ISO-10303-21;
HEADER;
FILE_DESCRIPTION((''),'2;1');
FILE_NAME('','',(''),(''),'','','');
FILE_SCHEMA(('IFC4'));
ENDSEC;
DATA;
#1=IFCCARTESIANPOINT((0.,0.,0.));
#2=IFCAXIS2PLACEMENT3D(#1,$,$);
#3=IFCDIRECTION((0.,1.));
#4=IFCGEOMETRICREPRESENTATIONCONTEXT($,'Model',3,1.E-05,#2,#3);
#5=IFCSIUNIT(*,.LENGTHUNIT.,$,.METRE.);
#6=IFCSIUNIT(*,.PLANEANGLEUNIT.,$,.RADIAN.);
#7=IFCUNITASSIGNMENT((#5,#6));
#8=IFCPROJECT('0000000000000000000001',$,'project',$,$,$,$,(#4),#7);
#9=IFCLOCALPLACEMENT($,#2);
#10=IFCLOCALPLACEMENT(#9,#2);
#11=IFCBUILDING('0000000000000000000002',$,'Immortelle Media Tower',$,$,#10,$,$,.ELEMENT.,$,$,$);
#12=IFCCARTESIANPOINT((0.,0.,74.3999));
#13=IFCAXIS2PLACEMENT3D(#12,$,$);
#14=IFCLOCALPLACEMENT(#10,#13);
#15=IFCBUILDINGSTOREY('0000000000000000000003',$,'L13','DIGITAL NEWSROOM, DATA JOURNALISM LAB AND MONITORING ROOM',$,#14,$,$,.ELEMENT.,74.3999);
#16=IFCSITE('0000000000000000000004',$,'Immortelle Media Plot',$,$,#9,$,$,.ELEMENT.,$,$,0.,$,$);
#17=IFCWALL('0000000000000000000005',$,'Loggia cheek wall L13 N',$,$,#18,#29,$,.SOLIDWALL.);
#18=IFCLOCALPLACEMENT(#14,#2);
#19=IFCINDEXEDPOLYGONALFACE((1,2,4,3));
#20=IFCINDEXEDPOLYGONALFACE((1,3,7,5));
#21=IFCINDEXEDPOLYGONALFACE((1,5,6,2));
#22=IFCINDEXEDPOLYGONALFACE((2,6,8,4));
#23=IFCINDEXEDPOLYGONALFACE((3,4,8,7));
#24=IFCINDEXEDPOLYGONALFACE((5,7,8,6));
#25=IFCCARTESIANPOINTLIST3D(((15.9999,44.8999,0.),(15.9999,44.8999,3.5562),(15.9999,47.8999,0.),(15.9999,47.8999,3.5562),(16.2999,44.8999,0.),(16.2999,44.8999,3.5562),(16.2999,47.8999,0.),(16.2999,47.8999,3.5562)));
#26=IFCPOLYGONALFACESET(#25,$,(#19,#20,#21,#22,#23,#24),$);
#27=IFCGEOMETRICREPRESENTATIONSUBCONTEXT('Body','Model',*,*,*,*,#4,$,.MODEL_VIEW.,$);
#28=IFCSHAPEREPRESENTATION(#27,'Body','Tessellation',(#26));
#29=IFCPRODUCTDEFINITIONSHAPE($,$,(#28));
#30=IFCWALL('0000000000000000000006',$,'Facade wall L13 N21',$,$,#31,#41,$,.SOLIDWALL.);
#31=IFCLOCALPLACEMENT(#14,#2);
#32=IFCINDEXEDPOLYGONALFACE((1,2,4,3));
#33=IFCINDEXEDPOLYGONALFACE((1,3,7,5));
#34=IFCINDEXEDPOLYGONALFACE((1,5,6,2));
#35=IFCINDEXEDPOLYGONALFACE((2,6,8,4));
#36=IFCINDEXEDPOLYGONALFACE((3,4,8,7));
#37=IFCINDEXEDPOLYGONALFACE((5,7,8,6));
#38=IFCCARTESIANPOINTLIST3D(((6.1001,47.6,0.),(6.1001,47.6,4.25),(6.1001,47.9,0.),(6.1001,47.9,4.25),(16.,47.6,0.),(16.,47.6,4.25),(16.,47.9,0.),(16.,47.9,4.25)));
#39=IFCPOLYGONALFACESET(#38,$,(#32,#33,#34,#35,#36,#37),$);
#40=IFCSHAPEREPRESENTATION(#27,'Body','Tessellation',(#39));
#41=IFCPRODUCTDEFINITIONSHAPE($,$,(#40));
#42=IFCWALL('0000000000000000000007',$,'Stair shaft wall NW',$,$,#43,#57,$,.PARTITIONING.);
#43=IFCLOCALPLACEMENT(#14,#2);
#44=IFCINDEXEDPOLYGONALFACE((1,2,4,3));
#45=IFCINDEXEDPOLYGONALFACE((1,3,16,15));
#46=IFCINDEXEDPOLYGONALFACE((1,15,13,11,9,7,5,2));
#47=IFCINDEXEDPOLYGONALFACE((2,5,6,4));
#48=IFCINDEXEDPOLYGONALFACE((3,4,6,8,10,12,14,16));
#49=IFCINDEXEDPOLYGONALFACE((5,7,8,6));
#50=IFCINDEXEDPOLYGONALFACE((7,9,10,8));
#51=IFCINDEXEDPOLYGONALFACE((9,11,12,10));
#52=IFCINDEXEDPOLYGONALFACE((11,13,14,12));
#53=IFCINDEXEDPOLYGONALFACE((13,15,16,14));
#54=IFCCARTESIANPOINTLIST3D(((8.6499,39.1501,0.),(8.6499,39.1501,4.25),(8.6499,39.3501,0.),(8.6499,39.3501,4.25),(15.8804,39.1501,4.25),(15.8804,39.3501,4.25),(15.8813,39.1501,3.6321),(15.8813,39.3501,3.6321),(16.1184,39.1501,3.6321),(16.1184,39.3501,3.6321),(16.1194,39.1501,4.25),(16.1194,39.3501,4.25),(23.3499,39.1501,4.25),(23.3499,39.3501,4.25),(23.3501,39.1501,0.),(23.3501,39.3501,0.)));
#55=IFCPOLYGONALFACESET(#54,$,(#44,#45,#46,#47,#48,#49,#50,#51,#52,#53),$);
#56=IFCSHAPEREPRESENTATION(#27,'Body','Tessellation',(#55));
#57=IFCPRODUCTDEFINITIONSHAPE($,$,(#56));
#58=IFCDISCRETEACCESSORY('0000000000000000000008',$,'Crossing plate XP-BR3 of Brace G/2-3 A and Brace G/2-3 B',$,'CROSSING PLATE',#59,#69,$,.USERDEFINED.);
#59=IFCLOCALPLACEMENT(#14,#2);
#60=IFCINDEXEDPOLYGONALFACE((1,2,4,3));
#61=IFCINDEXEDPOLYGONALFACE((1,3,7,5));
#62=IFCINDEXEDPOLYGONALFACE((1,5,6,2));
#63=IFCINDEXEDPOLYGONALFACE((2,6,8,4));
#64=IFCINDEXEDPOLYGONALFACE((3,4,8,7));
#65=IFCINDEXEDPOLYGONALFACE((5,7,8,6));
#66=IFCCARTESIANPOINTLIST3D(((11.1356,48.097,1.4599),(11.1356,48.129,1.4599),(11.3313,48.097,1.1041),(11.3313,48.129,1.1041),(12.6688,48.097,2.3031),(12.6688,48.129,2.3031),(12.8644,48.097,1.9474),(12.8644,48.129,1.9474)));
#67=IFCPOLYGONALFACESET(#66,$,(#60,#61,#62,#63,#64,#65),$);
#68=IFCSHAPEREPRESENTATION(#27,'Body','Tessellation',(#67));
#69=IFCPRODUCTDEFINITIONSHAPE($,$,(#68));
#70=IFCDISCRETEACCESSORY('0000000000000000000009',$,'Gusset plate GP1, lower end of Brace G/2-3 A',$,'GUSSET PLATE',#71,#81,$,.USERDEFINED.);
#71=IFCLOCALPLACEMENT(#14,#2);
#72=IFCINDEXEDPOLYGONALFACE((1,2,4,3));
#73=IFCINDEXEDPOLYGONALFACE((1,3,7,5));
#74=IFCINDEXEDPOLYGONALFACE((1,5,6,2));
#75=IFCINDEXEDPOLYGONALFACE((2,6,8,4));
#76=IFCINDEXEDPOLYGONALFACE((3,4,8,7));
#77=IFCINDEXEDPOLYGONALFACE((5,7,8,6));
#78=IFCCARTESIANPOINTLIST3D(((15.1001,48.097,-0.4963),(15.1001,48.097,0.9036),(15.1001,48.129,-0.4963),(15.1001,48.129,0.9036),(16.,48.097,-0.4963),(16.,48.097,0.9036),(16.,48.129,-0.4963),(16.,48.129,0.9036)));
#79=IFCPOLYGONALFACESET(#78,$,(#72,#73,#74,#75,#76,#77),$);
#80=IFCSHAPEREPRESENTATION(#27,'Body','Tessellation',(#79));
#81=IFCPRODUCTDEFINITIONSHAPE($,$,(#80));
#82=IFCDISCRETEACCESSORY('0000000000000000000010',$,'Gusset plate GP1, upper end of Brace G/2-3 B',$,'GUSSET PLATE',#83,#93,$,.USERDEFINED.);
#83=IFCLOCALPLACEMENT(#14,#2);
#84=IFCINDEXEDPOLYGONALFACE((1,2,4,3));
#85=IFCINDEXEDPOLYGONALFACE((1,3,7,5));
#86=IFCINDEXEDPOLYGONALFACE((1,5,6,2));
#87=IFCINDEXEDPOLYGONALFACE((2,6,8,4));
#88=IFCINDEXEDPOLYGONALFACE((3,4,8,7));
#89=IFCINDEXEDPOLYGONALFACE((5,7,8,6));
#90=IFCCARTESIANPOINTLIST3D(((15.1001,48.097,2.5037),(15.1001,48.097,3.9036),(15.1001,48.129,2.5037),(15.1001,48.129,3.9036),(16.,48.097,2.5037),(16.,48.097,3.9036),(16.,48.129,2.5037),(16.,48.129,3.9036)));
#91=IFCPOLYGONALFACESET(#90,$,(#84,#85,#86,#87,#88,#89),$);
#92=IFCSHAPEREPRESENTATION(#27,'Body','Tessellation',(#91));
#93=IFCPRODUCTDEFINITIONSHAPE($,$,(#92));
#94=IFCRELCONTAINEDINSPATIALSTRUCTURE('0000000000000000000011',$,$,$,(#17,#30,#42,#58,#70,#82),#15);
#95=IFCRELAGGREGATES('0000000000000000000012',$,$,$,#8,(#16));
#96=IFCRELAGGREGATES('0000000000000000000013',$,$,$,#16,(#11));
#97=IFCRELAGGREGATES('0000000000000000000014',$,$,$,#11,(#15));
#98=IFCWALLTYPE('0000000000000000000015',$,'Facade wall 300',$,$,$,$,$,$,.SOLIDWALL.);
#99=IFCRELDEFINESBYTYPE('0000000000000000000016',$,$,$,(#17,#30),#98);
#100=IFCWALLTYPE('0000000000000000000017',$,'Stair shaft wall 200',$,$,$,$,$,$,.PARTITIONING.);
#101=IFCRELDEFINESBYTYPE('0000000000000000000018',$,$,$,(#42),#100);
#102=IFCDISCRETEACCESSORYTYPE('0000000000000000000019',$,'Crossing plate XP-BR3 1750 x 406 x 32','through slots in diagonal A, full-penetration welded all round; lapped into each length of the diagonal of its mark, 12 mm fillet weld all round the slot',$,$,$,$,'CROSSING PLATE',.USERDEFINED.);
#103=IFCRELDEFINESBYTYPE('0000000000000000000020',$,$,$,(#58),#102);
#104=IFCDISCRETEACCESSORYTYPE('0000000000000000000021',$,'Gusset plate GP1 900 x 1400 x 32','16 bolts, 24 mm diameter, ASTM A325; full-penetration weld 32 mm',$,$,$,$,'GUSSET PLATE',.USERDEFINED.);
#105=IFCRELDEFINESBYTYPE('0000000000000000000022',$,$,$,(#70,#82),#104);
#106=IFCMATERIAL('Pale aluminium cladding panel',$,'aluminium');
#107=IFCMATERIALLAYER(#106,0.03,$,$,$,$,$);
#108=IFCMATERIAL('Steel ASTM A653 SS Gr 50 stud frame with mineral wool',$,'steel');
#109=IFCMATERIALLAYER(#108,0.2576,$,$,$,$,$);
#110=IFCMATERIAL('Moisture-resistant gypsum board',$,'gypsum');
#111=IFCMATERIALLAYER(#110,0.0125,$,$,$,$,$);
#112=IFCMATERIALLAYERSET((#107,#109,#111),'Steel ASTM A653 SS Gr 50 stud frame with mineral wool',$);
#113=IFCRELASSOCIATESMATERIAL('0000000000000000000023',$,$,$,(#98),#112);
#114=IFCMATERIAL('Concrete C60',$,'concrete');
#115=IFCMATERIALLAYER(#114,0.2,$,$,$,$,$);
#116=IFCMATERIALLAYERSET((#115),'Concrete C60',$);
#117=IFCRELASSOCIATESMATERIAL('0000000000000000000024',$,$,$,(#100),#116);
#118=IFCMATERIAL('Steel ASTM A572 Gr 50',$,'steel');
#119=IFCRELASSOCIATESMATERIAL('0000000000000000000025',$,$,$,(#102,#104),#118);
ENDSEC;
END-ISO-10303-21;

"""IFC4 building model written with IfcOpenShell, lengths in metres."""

from ifc_helpers import new_model, si_unit, direction, frame, frame_2d, origin, origin_2d, place, context, subcontext, project, spatial, polyline, rectangle, outline, extrude, material, layer, layer_set, material_profile, profile_set, type_object, element, save


model = new_model("IFC4")

# Units and contexts
model_context = context("Model", 3, precision=1e-05, world=origin(), true_north=direction((0.0, 1.0)))
body_context = subcontext(model_context, "Body", "Model", "MODEL_VIEW")
ifc_project = project(units=[si_unit("LENGTHUNIT", "METRE"), si_unit("PLANEANGLEUNIT", "RADIAN")], contexts=[model_context])

# Site, building, storey
site_placement = place(None, origin())
site = spatial("IfcSite", under=ifc_project, at=site_placement, Name="Immortelle Media Plot", CompositionType="ELEMENT", RefElevation=0.0)
building_placement = place(site_placement, origin())
building = spatial("IfcBuilding", under=site, at=building_placement, Name="Immortelle Media Tower", CompositionType="ELEMENT")
storey_placement = place(building_placement, frame((0.0, 0.0, 74.3999)))
storey = spatial("IfcBuildingStorey", under=building, at=storey_placement, Name="L13", Description="DIGITAL NEWSROOM, DATA JOURNALISM LAB AND MONITORING ROOM", CompositionType="ELEMENT", Elevation=74.3999)

# Walls
ifc_material_1 = material(Name="Pale aluminium cladding panel", Category="aluminium")
ifc_layer_1 = layer(ifc_material_1, 0.03)
ifc_material_2 = material(Name="Steel ASTM A653 SS Gr 50 stud frame with mineral wool", Category="steel")
ifc_layer_2 = layer(ifc_material_2, 0.2576)
ifc_material_3 = material(Name="Moisture-resistant gypsum board", Category="gypsum")
ifc_layer_3 = layer(ifc_material_3, 0.0125)
ifc_layer_set_1 = layer_set([ifc_layer_1, ifc_layer_2, ifc_layer_3], Name="Steel ASTM A653 SS Gr 50 stud frame with mineral wool")
wall_type_1 = type_object("IfcWallType", Name="Facade wall 300", PredefinedType="SOLIDWALL", material=ifc_layer_set_1)
wall_1_placement = place(storey_placement, frame((16.1499, 47.8999, 0.0), z_axis=(0.0, 0.0, 1.0), x_axis=(0.0, -1.0, 0.0)))
element("IfcWall", 1, at=wall_1_placement, inside=storey, type_object=wall_type_1, Name="Loggia cheek wall L13 N", PredefinedType="SOLIDWALL", context=body_context, shape_type="SweptSolid", body=[
    extrude(rectangle(XDim=3.0, YDim=0.3, at=frame_2d((1.5, 0.0))), origin(), (0.0, 0.0, 1.0), 3.5562),
])
wall_2_placement = place(storey_placement, frame((16.0, 47.75, 0.0), z_axis=(0.0, 0.0, 1.0), x_axis=(-1.0, 0.0, 0.0)))
element("IfcWall", 2, at=wall_2_placement, inside=storey, type_object=wall_type_1, Name="Facade wall L13 N21", PredefinedType="SOLIDWALL", context=body_context, shape_type="SweptSolid", body=[
    extrude(rectangle(XDim=9.8999, YDim=0.3, at=frame_2d((4.95, 0.0))), origin(), (0.0, 0.0, 1.0), 4.25),
])
ifc_material_4 = material(Name="Concrete C60", Category="concrete")
ifc_layer_4 = layer(ifc_material_4, 0.2)
ifc_layer_set_2 = layer_set([ifc_layer_4], Name="Concrete C60")
wall_type_2 = type_object("IfcWallType", Name="Stair shaft wall 200", PredefinedType="PARTITIONING", material=ifc_layer_set_2)
wall_3_placement = place(storey_placement, frame((8.6499, 39.25, 0.0), z_axis=(0.0, 0.0, 1.0), x_axis=(1.0, 0.0, 0.0)))
element("IfcWall", 3, at=wall_3_placement, inside=storey, type_object=wall_type_2, Name="Stair shaft wall NW", PredefinedType="PARTITIONING", context=body_context, shape_type="SweptSolid", body=[
    extrude(outline(polyline([(0.0, 0.0), (14.7002, 0.0), (14.7, 4.25), (7.4695, 4.25), (7.4685, 3.6321), (7.2314, 3.6321), (7.2305, 4.25), (0.0, 4.25), (0.0, 0.0)])), frame((0.0, 0.1001, 0.0), z_axis=(0.0, -1.0, 0.0), x_axis=(1.0, 0.0, 0.0)), (0.0, 0.0, 1.0), 0.2),
])

# Discrete accessories
ifc_material_5 = material(Name="Steel ASTM A572 Gr 50", Category="steel")
ifc_material_profile_1 = material_profile(ifc_material_5, rectangle(XDim=0.032, YDim=0.406, at=origin_2d()), Name="PL 32 x 406")
ifc_profile_set_1 = profile_set([ifc_material_profile_1], Name="Steel ASTM A572 Gr 50")
discrete_accessory_type_1 = type_object("IfcDiscreteAccessoryType", Name="Crossing plate XP-BR3 1750 x 406 x 32", Description="through slots in diagonal A, full-penetration welded all round; lapped into each length of the diagonal of its mark, 12 mm fillet weld all round the slot", ElementType="CROSSING PLATE", PredefinedType="USERDEFINED", material=ifc_profile_set_1)
discrete_accessory_placement = place(storey_placement, frame((12.7666, 48.113, 2.1252), z_axis=(-0.876216, 0.0, -0.481919), x_axis=(0.0, -1.0, 0.0)))
element("IfcDiscreteAccessory", 4, at=discrete_accessory_placement, inside=storey, type_object=discrete_accessory_type_1, Name="Crossing plate XP-BR3 of Brace G/2-3 A and Brace G/2-3 B", ObjectType="CROSSING PLATE", PredefinedType="USERDEFINED", context=body_context, shape_type="SweptSolid", body=[
    extrude(rectangle(XDim=0.032, YDim=0.406, at=origin_2d()), origin(), (0.0, 0.0, 1.0), 1.7498),
])
ifc_material_profile_2 = material_profile(ifc_material_5, rectangle(XDim=0.032, YDim=1.3999, at=origin_2d()), Name="PL 32 x 1400")
ifc_profile_set_2 = profile_set([ifc_material_profile_2], Name="Steel ASTM A572 Gr 50")
discrete_accessory_type_2 = type_object("IfcDiscreteAccessoryType", Name="Gusset plate GP1 900 x 1400 x 32", Description="16 bolts, 24 mm diameter, ASTM A325; full-penetration weld 32 mm", ElementType="GUSSET PLATE", PredefinedType="USERDEFINED", material=ifc_profile_set_2)
for number, where, z_axis, x_axis, name in (
    (5, (16.0, 48.113, 0.2036), (-1.0, 0.0, 0.0), (0.0, -1.0, 0.0), "Gusset plate GP1, lower end of Brace G/2-3 A"),
    (6, (16.0, 48.113, 3.2036), (-1.0, 0.0, 0.0), (0.0, -1.0, 0.0), "Gusset plate GP1, upper end of Brace G/2-3 B"),
):
    element("IfcDiscreteAccessory", number, at=place(storey_placement, frame(where, z_axis=z_axis, x_axis=x_axis)), inside=storey, type_object=discrete_accessory_type_2, Name=name, ObjectType="GUSSET PLATE", PredefinedType="USERDEFINED", context=body_context, shape_type="SweptSolid", body=[
        extrude(rectangle(XDim=0.032, YDim=1.3999, at=origin_2d()), origin(), (0.0, 0.0, 1.0), 0.8999),
    ])

save(model, "model.ifc")
